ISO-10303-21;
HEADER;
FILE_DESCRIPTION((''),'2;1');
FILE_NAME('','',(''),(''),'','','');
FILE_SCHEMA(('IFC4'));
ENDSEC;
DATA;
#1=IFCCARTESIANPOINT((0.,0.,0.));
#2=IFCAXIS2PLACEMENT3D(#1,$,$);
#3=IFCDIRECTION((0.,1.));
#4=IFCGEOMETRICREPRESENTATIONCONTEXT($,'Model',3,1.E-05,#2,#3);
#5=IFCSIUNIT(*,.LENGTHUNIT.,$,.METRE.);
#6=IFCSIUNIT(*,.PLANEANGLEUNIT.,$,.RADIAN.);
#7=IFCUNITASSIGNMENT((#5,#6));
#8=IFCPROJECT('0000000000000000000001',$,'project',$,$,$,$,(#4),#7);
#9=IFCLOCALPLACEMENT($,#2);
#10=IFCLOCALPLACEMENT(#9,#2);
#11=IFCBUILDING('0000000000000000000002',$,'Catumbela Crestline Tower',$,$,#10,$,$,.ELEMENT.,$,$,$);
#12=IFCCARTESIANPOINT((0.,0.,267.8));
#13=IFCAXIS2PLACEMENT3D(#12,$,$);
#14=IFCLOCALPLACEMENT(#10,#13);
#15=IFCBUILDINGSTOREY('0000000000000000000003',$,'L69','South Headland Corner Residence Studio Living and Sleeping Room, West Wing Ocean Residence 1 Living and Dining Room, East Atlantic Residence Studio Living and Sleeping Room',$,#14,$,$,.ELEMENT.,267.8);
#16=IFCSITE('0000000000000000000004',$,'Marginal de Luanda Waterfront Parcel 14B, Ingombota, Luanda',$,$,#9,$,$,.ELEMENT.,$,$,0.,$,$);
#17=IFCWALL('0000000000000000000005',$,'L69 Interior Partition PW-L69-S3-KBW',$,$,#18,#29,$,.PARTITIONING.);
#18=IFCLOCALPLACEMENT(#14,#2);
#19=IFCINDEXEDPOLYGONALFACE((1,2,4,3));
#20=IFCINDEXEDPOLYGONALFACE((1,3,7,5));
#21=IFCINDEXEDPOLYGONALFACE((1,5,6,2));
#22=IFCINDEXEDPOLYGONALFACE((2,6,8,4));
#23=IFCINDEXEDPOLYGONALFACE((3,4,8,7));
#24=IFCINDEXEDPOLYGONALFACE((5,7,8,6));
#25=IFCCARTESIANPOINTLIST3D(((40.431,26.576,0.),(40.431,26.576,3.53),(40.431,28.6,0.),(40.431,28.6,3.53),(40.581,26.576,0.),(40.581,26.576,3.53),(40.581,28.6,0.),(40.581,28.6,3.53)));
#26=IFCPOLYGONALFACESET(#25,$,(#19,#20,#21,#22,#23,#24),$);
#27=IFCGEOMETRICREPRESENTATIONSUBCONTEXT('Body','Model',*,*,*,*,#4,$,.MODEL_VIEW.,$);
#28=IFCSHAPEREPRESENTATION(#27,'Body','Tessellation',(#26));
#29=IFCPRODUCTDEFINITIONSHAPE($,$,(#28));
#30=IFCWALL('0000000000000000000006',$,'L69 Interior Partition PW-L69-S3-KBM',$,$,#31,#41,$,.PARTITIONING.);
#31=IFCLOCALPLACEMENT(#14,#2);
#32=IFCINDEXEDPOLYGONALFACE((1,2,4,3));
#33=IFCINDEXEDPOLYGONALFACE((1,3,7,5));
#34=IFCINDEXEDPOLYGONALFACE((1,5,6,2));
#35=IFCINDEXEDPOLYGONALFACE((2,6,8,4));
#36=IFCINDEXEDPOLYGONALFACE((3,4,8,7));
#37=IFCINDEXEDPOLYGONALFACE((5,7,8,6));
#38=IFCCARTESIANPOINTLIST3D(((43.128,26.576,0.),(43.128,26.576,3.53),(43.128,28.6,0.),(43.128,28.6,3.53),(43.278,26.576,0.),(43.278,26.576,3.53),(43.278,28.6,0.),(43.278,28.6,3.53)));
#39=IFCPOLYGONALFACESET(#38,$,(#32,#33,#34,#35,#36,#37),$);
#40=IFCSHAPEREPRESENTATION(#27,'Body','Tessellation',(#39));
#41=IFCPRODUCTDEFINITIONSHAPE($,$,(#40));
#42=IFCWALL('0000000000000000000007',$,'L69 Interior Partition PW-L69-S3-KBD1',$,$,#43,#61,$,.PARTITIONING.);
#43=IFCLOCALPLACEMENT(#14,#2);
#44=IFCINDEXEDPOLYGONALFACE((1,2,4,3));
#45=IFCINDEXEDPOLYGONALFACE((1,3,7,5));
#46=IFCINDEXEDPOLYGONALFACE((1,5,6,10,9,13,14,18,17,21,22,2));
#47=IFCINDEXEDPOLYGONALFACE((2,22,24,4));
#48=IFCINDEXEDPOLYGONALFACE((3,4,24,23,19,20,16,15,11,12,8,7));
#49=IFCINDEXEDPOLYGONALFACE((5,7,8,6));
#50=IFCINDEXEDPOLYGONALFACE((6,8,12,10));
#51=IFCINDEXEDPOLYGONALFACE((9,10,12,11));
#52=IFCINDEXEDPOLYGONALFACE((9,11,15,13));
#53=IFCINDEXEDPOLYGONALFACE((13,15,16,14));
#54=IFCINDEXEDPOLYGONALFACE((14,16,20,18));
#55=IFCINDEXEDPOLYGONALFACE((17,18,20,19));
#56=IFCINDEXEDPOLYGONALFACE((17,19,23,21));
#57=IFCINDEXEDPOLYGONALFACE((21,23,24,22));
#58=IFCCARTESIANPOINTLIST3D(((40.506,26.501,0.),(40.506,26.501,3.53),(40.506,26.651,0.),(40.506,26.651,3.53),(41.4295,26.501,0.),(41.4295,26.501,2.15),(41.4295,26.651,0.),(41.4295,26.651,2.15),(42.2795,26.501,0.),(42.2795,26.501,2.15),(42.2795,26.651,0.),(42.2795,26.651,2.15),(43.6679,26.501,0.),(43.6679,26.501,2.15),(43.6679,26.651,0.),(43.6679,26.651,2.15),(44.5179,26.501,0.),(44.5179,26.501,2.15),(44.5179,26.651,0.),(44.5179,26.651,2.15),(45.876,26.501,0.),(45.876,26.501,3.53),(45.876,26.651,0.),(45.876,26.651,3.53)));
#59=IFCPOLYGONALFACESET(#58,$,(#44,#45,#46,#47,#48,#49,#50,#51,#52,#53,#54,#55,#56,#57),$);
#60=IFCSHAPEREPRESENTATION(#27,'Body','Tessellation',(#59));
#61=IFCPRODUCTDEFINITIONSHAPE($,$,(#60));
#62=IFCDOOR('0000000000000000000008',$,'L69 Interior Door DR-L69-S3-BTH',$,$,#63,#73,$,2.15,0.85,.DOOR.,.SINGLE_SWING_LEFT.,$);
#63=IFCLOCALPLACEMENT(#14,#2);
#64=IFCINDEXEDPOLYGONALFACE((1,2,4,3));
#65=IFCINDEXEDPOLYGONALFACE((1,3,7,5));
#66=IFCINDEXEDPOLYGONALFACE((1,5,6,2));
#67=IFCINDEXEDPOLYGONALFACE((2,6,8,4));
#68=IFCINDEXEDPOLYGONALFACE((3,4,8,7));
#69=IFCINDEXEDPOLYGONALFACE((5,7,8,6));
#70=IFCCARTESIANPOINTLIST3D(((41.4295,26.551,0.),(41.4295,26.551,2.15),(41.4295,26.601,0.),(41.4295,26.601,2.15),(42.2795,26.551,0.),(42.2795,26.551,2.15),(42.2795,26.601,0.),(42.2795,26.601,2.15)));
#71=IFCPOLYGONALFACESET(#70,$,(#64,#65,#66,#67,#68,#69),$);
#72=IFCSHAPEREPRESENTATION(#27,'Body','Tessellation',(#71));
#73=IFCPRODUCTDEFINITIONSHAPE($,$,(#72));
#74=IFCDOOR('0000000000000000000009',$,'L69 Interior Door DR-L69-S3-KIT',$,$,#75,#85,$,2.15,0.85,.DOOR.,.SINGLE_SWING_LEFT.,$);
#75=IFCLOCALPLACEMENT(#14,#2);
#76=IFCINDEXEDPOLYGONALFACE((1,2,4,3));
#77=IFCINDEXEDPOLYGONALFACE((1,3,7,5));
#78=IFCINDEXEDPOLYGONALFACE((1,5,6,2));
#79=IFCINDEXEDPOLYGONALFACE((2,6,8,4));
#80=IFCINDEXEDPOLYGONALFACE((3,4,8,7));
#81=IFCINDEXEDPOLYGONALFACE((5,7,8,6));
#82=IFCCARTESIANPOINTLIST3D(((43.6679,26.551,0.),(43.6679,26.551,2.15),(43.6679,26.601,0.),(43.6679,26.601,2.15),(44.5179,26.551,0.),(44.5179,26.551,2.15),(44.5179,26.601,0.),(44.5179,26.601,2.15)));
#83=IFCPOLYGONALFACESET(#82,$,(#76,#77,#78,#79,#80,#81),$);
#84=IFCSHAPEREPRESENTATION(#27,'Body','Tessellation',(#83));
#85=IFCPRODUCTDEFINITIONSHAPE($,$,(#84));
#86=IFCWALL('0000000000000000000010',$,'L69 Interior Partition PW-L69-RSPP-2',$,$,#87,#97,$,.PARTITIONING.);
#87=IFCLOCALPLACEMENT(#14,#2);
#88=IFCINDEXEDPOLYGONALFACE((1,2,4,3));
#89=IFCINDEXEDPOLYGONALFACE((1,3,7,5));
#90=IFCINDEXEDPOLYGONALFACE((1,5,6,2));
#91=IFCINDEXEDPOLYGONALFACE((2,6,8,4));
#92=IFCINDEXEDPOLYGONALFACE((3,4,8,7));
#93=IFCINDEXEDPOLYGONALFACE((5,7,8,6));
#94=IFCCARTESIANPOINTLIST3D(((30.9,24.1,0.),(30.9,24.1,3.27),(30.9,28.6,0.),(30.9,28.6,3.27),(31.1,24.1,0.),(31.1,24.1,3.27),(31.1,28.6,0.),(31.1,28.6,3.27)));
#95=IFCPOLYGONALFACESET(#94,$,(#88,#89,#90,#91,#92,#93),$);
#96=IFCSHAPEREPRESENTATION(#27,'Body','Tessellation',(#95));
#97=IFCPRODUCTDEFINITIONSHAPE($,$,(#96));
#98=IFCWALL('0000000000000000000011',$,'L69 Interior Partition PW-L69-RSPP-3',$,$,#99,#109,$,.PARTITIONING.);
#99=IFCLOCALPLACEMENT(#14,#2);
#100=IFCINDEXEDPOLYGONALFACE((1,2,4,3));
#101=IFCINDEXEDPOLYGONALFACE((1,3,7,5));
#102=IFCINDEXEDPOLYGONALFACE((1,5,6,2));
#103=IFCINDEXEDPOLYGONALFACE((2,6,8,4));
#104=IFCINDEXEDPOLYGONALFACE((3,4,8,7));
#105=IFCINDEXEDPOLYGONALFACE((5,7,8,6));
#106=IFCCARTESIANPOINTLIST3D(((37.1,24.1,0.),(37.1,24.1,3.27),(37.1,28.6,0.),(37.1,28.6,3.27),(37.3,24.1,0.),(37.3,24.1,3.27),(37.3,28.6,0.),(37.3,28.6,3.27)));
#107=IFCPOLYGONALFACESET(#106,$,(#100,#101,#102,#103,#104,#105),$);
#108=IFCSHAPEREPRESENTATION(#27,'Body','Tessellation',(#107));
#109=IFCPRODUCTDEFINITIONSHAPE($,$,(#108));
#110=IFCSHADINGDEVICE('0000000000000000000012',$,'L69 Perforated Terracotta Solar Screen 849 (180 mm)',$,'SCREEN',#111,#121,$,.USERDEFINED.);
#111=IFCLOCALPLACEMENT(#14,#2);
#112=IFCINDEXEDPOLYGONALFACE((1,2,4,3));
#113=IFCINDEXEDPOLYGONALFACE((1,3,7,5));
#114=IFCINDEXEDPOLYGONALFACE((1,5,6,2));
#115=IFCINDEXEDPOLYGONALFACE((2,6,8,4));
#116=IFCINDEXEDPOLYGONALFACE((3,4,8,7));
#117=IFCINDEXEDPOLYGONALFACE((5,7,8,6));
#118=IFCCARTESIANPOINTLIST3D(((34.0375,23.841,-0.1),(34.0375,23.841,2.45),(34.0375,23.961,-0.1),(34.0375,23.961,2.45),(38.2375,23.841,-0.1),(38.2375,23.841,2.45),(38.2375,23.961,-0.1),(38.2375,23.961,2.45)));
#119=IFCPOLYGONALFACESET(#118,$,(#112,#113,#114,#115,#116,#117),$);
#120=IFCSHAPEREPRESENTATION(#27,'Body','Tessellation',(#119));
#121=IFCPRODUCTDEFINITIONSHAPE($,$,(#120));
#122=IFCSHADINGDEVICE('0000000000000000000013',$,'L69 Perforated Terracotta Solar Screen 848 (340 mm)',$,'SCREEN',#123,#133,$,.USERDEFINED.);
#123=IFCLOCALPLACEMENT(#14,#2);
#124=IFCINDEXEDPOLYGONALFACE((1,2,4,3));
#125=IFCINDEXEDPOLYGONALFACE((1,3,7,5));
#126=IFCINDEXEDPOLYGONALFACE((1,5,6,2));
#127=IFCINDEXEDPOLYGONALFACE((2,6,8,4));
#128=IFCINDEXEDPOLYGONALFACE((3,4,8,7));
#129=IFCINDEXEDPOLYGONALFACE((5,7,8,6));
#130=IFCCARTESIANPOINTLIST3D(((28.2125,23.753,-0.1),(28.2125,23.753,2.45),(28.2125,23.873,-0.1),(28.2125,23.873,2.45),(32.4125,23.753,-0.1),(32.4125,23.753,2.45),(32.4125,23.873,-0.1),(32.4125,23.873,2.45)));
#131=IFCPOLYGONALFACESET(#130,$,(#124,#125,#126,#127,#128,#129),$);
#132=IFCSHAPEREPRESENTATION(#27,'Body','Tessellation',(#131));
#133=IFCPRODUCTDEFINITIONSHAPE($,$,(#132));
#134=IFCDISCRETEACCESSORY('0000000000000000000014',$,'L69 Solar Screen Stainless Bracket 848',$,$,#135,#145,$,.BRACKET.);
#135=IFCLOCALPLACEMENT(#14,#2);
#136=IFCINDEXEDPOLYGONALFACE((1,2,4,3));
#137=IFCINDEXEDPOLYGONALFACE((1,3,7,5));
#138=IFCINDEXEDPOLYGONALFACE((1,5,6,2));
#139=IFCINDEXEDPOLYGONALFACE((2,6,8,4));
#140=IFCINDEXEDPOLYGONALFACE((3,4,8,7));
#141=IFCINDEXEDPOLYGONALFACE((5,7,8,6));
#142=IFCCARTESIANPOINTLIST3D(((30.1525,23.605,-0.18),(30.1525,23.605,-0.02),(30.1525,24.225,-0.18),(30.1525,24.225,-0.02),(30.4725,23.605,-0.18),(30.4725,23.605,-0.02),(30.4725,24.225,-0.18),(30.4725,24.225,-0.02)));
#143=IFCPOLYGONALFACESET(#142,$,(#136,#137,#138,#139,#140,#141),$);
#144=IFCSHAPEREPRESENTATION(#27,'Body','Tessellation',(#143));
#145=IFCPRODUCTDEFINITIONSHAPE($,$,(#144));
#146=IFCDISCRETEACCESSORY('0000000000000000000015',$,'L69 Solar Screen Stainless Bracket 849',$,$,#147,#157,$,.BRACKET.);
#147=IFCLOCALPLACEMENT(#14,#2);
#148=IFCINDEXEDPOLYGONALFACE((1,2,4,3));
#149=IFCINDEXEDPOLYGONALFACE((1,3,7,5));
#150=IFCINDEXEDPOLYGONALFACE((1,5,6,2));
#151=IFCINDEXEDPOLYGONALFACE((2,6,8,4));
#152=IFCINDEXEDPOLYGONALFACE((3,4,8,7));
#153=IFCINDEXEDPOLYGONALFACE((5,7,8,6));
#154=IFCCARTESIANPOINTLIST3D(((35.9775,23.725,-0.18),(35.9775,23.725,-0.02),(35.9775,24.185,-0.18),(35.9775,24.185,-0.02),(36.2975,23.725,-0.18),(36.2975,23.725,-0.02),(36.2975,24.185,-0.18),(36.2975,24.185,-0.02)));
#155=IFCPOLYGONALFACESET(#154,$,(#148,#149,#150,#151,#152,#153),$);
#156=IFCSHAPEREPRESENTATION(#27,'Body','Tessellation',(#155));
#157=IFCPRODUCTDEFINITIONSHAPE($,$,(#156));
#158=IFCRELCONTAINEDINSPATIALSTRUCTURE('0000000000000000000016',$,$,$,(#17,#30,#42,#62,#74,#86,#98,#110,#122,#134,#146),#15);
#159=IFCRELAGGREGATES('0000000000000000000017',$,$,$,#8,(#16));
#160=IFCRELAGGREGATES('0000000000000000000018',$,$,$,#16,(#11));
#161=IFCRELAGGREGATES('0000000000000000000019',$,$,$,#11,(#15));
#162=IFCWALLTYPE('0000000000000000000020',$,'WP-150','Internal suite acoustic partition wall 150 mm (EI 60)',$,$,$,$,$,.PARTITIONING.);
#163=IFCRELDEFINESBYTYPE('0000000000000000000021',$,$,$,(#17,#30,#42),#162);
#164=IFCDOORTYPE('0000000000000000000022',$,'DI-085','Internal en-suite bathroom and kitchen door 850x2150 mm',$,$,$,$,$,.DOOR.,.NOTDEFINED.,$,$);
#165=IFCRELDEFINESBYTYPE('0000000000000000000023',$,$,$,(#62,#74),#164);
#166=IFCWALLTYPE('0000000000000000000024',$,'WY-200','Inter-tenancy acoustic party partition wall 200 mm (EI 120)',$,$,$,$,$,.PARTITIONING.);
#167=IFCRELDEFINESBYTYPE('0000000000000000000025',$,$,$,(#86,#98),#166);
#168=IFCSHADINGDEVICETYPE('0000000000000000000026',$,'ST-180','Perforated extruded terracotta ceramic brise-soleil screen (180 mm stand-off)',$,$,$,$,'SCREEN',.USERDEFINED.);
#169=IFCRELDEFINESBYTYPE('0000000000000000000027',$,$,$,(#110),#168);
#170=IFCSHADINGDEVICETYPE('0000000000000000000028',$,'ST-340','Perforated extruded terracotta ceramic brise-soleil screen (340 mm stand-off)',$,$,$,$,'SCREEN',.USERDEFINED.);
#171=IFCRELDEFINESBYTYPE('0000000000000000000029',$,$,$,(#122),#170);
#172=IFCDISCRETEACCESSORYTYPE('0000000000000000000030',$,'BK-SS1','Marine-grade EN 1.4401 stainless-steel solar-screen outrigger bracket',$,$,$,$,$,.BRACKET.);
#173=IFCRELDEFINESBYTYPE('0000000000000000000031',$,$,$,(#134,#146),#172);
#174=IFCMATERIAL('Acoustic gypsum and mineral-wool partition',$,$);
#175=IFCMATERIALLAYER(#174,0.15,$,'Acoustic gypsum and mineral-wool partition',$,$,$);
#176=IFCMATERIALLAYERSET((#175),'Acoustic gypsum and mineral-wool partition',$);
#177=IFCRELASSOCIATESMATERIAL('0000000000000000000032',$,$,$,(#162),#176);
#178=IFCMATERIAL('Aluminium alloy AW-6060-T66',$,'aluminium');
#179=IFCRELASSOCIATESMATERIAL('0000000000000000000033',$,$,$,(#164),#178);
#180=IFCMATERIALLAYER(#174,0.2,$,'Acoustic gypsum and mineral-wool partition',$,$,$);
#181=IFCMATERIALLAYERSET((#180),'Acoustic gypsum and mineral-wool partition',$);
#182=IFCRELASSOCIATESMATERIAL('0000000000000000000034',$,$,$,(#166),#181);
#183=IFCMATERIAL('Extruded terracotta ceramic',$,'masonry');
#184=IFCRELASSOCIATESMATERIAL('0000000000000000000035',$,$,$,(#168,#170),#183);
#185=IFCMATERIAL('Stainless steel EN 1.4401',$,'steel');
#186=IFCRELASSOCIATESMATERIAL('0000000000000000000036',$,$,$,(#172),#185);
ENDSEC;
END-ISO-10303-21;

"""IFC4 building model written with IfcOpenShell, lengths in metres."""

from ifc_helpers import new_model, si_unit, direction, frame, frame_2d, origin, origin_2d, place, context, subcontext, project, spatial, rectangle, extrude, material, layer, layer_set, type_object, element, fill, save


model = new_model("IFC4")

# Units and contexts
model_context = context("Model", 3, precision=1e-05, world=origin(), true_north=direction((0.0, 1.0)))
body_context = subcontext(model_context, "Body", "Model", "MODEL_VIEW")
ifc_project = project(units=[si_unit("LENGTHUNIT", "METRE"), si_unit("PLANEANGLEUNIT", "RADIAN")], contexts=[model_context])

# Site, building, storey
site_placement = place(None, origin())
site = spatial("IfcSite", under=ifc_project, at=site_placement, Name="Marginal de Luanda Waterfront Parcel 14B, Ingombota, Luanda", CompositionType="ELEMENT", RefElevation=0.0)
building_placement = place(site_placement, origin())
building = spatial("IfcBuilding", under=site, at=building_placement, Name="Catumbela Crestline Tower", CompositionType="ELEMENT")
storey_placement = place(building_placement, frame((0.0, 0.0, 267.8)))
storey = spatial("IfcBuildingStorey", under=building, at=storey_placement, Name="L69", Description="South Headland Corner Residence Studio Living and Sleeping Room, West Wing Ocean Residence 1 Living and Dining Room, East Atlantic Residence Studio Living and Sleeping Room", CompositionType="ELEMENT", Elevation=267.8)

# Shared definitions
ifc_material_1 = material(Name="Aluminium alloy AW-6060-T66", Category="aluminium")

# Walls
ifc_material_2 = material(Name="Acoustic gypsum and mineral-wool partition")
ifc_layer_1 = layer(ifc_material_2, 0.15, Name="Acoustic gypsum and mineral-wool partition")
ifc_layer_set_1 = layer_set([ifc_layer_1], Name="Acoustic gypsum and mineral-wool partition")
wall_type_1 = type_object("IfcWallType", Name="WP-150", Description="Internal suite acoustic partition wall 150 mm (EI 60)", PredefinedType="PARTITIONING", material=ifc_layer_set_1)
for number, where, z_axis, x_axis, name in (
    (1, (40.506, 26.576, 0.0), (0.0, 0.0, 1.0), (0.0, 1.0, 0.0), "L69 Interior Partition PW-L69-S3-KBW"),
    (2, (43.203, 26.576, 0.0), (0.0, 0.0, 1.0), (0.0, 1.0, 0.0), "L69 Interior Partition PW-L69-S3-KBM"),
):
    element("IfcWall", number, at=place(storey_placement, frame(where, z_axis=z_axis, x_axis=x_axis)), inside=storey, type_object=wall_type_1, Name=name, PredefinedType="PARTITIONING", context=body_context, shape_type="SweptSolid", body=[
        extrude(rectangle(XDim=2.024, YDim=0.15, at=frame_2d((1.012, 0.0))), origin(), (0.0, 0.0, 1.0), 3.53),
    ])

# Wall, openings, doors
wall_1_placement = place(storey_placement, frame((40.506, 26.576, 0.0), z_axis=(0.0, 0.0, 1.0), x_axis=(1.0, 0.0, 0.0)))
wall_1 = element("IfcWall", 3, at=wall_1_placement, inside=storey, type_object=wall_type_1, Name="L69 Interior Partition PW-L69-S3-KBD1", PredefinedType="PARTITIONING", context=body_context, shape_type="SweptSolid", body=[
    extrude(rectangle(XDim=5.37, YDim=0.15, at=frame_2d((2.685, 0.0))), origin(), (0.0, 0.0, 1.0), 3.53),
])
opening_1_placement = place(wall_1_placement, frame((0.9235, 0.0, 0.0)))
opening_1 = element("IfcOpeningElement", 4, at=opening_1_placement, cuts=wall_1, PredefinedType="OPENING", context=body_context, shape_type="SweptSolid", body=[
    extrude(rectangle(XDim=0.85, YDim=2.15, at=frame_2d((0.425, 1.075))), frame((0.0, 0.085, 0.0), z_axis=(0.0, -1.0, 0.0), x_axis=(1.0, 0.0, 0.0)), (0.0, 0.0, 1.0), 0.17),
])
opening_2_placement = place(wall_1_placement, frame((3.1619, 0.0, 0.0)))
opening_2 = element("IfcOpeningElement", 5, at=opening_2_placement, cuts=wall_1, PredefinedType="OPENING", context=body_context, shape_type="SweptSolid", body=[
    extrude(rectangle(XDim=0.85, YDim=2.15, at=frame_2d((0.425, 1.075))), frame((0.0, 0.085, 0.0), z_axis=(0.0, -1.0, 0.0), x_axis=(1.0, 0.0, 0.0)), (0.0, 0.0, 1.0), 0.17),
])
door_type = type_object("IfcDoorType", Name="DI-085", Description="Internal en-suite bathroom and kitchen door 850x2150 mm", OperationType="NOTDEFINED", PredefinedType="DOOR", material=ifc_material_1)
door_1_placement = place(opening_1_placement, origin())
door_1 = element("IfcDoor", 6, at=door_1_placement, inside=storey, type_object=door_type, Name="L69 Interior Door DR-L69-S3-BTH", OperationType="SINGLE_SWING_LEFT", OverallHeight=2.15, OverallWidth=0.85, PredefinedType="DOOR", context=body_context, shape_type="SweptSolid", body=[
    extrude(rectangle(XDim=0.85, YDim=2.15, at=frame_2d((0.425, 1.075))), frame((0.0, 0.025, 0.0), z_axis=(0.0, -1.0, 0.0), x_axis=(1.0, 0.0, 0.0)), (0.0, 0.0, 1.0), 0.05),
])
fill(opening_1, door_1)
door_2_placement = place(opening_2_placement, origin())
door_2 = element("IfcDoor", 7, at=door_2_placement, inside=storey, type_object=door_type, Name="L69 Interior Door DR-L69-S3-KIT", OperationType="SINGLE_SWING_LEFT", OverallHeight=2.15, OverallWidth=0.85, PredefinedType="DOOR", context=body_context, shape_type="SweptSolid", body=[
    extrude(rectangle(XDim=0.85, YDim=2.15, at=frame_2d((0.425, 1.075))), frame((0.0, 0.025, 0.0), z_axis=(0.0, -1.0, 0.0), x_axis=(1.0, 0.0, 0.0)), (0.0, 0.0, 1.0), 0.05),
])
fill(opening_2, door_2)

# Walls
ifc_layer_2 = layer(ifc_material_2, 0.2, Name="Acoustic gypsum and mineral-wool partition")
ifc_layer_set_2 = layer_set([ifc_layer_2], Name="Acoustic gypsum and mineral-wool partition")
wall_type_2 = type_object("IfcWallType", Name="WY-200", Description="Inter-tenancy acoustic party partition wall 200 mm (EI 120)", PredefinedType="PARTITIONING", material=ifc_layer_set_2)
for number, where, z_axis, x_axis, name in (
    (8, (31.0, 24.1, 0.0), (0.0, 0.0, 1.0), (0.0, 1.0, 0.0), "L69 Interior Partition PW-L69-RSPP-2"),
    (9, (37.2, 24.1, 0.0), (0.0, 0.0, 1.0), (0.0, 1.0, 0.0), "L69 Interior Partition PW-L69-RSPP-3"),
):
    element("IfcWall", number, at=place(storey_placement, frame(where, z_axis=z_axis, x_axis=x_axis)), inside=storey, type_object=wall_type_2, Name=name, PredefinedType="PARTITIONING", context=body_context, shape_type="SweptSolid", body=[
        extrude(rectangle(XDim=4.5, YDim=0.2, at=frame_2d((2.25, 0.0))), origin(), (0.0, 0.0, 1.0), 3.27),
    ])

# Shared definitions
ifc_material_3 = material(Name="Stainless steel EN 1.4401", Category="steel")

# Shading devices
ifc_material_4 = material(Name="Extruded terracotta ceramic", Category="masonry")
shading_device_type_1 = type_object("IfcShadingDeviceType", Name="ST-180", Description="Perforated extruded terracotta ceramic brise-soleil screen (180 mm stand-off)", ElementType="SCREEN", PredefinedType="USERDEFINED", material=ifc_material_4)
shading_device_1_placement = place(storey_placement, frame((36.1375, 23.901, -0.1), z_axis=(0.0, 0.0, 1.0), x_axis=(1.0, 0.0, 0.0)))
element("IfcShadingDevice", 10, at=shading_device_1_placement, inside=storey, type_object=shading_device_type_1, Name="L69 Perforated Terracotta Solar Screen 849 (180 mm)", ObjectType="SCREEN", PredefinedType="USERDEFINED", context=body_context, shape_type="SweptSolid", body=[
    extrude(rectangle(XDim=4.2, YDim=0.12, at=origin_2d()), origin(), (0.0, 0.0, 1.0), 2.55),
])
shading_device_type_2 = type_object("IfcShadingDeviceType", Name="ST-340", Description="Perforated extruded terracotta ceramic brise-soleil screen (340 mm stand-off)", ElementType="SCREEN", PredefinedType="USERDEFINED", material=ifc_material_4)
shading_device_2_placement = place(storey_placement, frame((30.3125, 23.813, -0.1), z_axis=(0.0, 0.0, 1.0), x_axis=(1.0, 0.0, 0.0)))
element("IfcShadingDevice", 11, at=shading_device_2_placement, inside=storey, type_object=shading_device_type_2, Name="L69 Perforated Terracotta Solar Screen 848 (340 mm)", ObjectType="SCREEN", PredefinedType="USERDEFINED", context=body_context, shape_type="SweptSolid", body=[
    extrude(rectangle(XDim=4.2, YDim=0.12, at=origin_2d()), origin(), (0.0, 0.0, 1.0), 2.55),
])

# Discrete accessories
discrete_accessory_type = type_object("IfcDiscreteAccessoryType", Name="BK-SS1", Description="Marine-grade EN 1.4401 stainless-steel solar-screen outrigger bracket", PredefinedType="BRACKET", material=ifc_material_3)
discrete_accessory_1_placement = place(storey_placement, frame((30.3125, 23.915, -0.18), z_axis=(0.0, 0.0, 1.0), x_axis=(1.0, 0.0, 0.0)))
element("IfcDiscreteAccessory", 12, at=discrete_accessory_1_placement, inside=storey, type_object=discrete_accessory_type, Name="L69 Solar Screen Stainless Bracket 848", PredefinedType="BRACKET", context=body_context, shape_type="SweptSolid", body=[
    extrude(rectangle(XDim=0.32, YDim=0.62, at=origin_2d()), origin(), (0.0, 0.0, 1.0), 0.16),
])
discrete_accessory_2_placement = place(storey_placement, frame((36.1375, 23.955, -0.18), z_axis=(0.0, 0.0, 1.0), x_axis=(1.0, 0.0, 0.0)))
element("IfcDiscreteAccessory", 13, at=discrete_accessory_2_placement, inside=storey, type_object=discrete_accessory_type, Name="L69 Solar Screen Stainless Bracket 849", PredefinedType="BRACKET", context=body_context, shape_type="SweptSolid", body=[
    extrude(rectangle(XDim=0.32, YDim=0.46, at=origin_2d()), origin(), (0.0, 0.0, 1.0), 0.16),
])

save(model, "model.ifc")
